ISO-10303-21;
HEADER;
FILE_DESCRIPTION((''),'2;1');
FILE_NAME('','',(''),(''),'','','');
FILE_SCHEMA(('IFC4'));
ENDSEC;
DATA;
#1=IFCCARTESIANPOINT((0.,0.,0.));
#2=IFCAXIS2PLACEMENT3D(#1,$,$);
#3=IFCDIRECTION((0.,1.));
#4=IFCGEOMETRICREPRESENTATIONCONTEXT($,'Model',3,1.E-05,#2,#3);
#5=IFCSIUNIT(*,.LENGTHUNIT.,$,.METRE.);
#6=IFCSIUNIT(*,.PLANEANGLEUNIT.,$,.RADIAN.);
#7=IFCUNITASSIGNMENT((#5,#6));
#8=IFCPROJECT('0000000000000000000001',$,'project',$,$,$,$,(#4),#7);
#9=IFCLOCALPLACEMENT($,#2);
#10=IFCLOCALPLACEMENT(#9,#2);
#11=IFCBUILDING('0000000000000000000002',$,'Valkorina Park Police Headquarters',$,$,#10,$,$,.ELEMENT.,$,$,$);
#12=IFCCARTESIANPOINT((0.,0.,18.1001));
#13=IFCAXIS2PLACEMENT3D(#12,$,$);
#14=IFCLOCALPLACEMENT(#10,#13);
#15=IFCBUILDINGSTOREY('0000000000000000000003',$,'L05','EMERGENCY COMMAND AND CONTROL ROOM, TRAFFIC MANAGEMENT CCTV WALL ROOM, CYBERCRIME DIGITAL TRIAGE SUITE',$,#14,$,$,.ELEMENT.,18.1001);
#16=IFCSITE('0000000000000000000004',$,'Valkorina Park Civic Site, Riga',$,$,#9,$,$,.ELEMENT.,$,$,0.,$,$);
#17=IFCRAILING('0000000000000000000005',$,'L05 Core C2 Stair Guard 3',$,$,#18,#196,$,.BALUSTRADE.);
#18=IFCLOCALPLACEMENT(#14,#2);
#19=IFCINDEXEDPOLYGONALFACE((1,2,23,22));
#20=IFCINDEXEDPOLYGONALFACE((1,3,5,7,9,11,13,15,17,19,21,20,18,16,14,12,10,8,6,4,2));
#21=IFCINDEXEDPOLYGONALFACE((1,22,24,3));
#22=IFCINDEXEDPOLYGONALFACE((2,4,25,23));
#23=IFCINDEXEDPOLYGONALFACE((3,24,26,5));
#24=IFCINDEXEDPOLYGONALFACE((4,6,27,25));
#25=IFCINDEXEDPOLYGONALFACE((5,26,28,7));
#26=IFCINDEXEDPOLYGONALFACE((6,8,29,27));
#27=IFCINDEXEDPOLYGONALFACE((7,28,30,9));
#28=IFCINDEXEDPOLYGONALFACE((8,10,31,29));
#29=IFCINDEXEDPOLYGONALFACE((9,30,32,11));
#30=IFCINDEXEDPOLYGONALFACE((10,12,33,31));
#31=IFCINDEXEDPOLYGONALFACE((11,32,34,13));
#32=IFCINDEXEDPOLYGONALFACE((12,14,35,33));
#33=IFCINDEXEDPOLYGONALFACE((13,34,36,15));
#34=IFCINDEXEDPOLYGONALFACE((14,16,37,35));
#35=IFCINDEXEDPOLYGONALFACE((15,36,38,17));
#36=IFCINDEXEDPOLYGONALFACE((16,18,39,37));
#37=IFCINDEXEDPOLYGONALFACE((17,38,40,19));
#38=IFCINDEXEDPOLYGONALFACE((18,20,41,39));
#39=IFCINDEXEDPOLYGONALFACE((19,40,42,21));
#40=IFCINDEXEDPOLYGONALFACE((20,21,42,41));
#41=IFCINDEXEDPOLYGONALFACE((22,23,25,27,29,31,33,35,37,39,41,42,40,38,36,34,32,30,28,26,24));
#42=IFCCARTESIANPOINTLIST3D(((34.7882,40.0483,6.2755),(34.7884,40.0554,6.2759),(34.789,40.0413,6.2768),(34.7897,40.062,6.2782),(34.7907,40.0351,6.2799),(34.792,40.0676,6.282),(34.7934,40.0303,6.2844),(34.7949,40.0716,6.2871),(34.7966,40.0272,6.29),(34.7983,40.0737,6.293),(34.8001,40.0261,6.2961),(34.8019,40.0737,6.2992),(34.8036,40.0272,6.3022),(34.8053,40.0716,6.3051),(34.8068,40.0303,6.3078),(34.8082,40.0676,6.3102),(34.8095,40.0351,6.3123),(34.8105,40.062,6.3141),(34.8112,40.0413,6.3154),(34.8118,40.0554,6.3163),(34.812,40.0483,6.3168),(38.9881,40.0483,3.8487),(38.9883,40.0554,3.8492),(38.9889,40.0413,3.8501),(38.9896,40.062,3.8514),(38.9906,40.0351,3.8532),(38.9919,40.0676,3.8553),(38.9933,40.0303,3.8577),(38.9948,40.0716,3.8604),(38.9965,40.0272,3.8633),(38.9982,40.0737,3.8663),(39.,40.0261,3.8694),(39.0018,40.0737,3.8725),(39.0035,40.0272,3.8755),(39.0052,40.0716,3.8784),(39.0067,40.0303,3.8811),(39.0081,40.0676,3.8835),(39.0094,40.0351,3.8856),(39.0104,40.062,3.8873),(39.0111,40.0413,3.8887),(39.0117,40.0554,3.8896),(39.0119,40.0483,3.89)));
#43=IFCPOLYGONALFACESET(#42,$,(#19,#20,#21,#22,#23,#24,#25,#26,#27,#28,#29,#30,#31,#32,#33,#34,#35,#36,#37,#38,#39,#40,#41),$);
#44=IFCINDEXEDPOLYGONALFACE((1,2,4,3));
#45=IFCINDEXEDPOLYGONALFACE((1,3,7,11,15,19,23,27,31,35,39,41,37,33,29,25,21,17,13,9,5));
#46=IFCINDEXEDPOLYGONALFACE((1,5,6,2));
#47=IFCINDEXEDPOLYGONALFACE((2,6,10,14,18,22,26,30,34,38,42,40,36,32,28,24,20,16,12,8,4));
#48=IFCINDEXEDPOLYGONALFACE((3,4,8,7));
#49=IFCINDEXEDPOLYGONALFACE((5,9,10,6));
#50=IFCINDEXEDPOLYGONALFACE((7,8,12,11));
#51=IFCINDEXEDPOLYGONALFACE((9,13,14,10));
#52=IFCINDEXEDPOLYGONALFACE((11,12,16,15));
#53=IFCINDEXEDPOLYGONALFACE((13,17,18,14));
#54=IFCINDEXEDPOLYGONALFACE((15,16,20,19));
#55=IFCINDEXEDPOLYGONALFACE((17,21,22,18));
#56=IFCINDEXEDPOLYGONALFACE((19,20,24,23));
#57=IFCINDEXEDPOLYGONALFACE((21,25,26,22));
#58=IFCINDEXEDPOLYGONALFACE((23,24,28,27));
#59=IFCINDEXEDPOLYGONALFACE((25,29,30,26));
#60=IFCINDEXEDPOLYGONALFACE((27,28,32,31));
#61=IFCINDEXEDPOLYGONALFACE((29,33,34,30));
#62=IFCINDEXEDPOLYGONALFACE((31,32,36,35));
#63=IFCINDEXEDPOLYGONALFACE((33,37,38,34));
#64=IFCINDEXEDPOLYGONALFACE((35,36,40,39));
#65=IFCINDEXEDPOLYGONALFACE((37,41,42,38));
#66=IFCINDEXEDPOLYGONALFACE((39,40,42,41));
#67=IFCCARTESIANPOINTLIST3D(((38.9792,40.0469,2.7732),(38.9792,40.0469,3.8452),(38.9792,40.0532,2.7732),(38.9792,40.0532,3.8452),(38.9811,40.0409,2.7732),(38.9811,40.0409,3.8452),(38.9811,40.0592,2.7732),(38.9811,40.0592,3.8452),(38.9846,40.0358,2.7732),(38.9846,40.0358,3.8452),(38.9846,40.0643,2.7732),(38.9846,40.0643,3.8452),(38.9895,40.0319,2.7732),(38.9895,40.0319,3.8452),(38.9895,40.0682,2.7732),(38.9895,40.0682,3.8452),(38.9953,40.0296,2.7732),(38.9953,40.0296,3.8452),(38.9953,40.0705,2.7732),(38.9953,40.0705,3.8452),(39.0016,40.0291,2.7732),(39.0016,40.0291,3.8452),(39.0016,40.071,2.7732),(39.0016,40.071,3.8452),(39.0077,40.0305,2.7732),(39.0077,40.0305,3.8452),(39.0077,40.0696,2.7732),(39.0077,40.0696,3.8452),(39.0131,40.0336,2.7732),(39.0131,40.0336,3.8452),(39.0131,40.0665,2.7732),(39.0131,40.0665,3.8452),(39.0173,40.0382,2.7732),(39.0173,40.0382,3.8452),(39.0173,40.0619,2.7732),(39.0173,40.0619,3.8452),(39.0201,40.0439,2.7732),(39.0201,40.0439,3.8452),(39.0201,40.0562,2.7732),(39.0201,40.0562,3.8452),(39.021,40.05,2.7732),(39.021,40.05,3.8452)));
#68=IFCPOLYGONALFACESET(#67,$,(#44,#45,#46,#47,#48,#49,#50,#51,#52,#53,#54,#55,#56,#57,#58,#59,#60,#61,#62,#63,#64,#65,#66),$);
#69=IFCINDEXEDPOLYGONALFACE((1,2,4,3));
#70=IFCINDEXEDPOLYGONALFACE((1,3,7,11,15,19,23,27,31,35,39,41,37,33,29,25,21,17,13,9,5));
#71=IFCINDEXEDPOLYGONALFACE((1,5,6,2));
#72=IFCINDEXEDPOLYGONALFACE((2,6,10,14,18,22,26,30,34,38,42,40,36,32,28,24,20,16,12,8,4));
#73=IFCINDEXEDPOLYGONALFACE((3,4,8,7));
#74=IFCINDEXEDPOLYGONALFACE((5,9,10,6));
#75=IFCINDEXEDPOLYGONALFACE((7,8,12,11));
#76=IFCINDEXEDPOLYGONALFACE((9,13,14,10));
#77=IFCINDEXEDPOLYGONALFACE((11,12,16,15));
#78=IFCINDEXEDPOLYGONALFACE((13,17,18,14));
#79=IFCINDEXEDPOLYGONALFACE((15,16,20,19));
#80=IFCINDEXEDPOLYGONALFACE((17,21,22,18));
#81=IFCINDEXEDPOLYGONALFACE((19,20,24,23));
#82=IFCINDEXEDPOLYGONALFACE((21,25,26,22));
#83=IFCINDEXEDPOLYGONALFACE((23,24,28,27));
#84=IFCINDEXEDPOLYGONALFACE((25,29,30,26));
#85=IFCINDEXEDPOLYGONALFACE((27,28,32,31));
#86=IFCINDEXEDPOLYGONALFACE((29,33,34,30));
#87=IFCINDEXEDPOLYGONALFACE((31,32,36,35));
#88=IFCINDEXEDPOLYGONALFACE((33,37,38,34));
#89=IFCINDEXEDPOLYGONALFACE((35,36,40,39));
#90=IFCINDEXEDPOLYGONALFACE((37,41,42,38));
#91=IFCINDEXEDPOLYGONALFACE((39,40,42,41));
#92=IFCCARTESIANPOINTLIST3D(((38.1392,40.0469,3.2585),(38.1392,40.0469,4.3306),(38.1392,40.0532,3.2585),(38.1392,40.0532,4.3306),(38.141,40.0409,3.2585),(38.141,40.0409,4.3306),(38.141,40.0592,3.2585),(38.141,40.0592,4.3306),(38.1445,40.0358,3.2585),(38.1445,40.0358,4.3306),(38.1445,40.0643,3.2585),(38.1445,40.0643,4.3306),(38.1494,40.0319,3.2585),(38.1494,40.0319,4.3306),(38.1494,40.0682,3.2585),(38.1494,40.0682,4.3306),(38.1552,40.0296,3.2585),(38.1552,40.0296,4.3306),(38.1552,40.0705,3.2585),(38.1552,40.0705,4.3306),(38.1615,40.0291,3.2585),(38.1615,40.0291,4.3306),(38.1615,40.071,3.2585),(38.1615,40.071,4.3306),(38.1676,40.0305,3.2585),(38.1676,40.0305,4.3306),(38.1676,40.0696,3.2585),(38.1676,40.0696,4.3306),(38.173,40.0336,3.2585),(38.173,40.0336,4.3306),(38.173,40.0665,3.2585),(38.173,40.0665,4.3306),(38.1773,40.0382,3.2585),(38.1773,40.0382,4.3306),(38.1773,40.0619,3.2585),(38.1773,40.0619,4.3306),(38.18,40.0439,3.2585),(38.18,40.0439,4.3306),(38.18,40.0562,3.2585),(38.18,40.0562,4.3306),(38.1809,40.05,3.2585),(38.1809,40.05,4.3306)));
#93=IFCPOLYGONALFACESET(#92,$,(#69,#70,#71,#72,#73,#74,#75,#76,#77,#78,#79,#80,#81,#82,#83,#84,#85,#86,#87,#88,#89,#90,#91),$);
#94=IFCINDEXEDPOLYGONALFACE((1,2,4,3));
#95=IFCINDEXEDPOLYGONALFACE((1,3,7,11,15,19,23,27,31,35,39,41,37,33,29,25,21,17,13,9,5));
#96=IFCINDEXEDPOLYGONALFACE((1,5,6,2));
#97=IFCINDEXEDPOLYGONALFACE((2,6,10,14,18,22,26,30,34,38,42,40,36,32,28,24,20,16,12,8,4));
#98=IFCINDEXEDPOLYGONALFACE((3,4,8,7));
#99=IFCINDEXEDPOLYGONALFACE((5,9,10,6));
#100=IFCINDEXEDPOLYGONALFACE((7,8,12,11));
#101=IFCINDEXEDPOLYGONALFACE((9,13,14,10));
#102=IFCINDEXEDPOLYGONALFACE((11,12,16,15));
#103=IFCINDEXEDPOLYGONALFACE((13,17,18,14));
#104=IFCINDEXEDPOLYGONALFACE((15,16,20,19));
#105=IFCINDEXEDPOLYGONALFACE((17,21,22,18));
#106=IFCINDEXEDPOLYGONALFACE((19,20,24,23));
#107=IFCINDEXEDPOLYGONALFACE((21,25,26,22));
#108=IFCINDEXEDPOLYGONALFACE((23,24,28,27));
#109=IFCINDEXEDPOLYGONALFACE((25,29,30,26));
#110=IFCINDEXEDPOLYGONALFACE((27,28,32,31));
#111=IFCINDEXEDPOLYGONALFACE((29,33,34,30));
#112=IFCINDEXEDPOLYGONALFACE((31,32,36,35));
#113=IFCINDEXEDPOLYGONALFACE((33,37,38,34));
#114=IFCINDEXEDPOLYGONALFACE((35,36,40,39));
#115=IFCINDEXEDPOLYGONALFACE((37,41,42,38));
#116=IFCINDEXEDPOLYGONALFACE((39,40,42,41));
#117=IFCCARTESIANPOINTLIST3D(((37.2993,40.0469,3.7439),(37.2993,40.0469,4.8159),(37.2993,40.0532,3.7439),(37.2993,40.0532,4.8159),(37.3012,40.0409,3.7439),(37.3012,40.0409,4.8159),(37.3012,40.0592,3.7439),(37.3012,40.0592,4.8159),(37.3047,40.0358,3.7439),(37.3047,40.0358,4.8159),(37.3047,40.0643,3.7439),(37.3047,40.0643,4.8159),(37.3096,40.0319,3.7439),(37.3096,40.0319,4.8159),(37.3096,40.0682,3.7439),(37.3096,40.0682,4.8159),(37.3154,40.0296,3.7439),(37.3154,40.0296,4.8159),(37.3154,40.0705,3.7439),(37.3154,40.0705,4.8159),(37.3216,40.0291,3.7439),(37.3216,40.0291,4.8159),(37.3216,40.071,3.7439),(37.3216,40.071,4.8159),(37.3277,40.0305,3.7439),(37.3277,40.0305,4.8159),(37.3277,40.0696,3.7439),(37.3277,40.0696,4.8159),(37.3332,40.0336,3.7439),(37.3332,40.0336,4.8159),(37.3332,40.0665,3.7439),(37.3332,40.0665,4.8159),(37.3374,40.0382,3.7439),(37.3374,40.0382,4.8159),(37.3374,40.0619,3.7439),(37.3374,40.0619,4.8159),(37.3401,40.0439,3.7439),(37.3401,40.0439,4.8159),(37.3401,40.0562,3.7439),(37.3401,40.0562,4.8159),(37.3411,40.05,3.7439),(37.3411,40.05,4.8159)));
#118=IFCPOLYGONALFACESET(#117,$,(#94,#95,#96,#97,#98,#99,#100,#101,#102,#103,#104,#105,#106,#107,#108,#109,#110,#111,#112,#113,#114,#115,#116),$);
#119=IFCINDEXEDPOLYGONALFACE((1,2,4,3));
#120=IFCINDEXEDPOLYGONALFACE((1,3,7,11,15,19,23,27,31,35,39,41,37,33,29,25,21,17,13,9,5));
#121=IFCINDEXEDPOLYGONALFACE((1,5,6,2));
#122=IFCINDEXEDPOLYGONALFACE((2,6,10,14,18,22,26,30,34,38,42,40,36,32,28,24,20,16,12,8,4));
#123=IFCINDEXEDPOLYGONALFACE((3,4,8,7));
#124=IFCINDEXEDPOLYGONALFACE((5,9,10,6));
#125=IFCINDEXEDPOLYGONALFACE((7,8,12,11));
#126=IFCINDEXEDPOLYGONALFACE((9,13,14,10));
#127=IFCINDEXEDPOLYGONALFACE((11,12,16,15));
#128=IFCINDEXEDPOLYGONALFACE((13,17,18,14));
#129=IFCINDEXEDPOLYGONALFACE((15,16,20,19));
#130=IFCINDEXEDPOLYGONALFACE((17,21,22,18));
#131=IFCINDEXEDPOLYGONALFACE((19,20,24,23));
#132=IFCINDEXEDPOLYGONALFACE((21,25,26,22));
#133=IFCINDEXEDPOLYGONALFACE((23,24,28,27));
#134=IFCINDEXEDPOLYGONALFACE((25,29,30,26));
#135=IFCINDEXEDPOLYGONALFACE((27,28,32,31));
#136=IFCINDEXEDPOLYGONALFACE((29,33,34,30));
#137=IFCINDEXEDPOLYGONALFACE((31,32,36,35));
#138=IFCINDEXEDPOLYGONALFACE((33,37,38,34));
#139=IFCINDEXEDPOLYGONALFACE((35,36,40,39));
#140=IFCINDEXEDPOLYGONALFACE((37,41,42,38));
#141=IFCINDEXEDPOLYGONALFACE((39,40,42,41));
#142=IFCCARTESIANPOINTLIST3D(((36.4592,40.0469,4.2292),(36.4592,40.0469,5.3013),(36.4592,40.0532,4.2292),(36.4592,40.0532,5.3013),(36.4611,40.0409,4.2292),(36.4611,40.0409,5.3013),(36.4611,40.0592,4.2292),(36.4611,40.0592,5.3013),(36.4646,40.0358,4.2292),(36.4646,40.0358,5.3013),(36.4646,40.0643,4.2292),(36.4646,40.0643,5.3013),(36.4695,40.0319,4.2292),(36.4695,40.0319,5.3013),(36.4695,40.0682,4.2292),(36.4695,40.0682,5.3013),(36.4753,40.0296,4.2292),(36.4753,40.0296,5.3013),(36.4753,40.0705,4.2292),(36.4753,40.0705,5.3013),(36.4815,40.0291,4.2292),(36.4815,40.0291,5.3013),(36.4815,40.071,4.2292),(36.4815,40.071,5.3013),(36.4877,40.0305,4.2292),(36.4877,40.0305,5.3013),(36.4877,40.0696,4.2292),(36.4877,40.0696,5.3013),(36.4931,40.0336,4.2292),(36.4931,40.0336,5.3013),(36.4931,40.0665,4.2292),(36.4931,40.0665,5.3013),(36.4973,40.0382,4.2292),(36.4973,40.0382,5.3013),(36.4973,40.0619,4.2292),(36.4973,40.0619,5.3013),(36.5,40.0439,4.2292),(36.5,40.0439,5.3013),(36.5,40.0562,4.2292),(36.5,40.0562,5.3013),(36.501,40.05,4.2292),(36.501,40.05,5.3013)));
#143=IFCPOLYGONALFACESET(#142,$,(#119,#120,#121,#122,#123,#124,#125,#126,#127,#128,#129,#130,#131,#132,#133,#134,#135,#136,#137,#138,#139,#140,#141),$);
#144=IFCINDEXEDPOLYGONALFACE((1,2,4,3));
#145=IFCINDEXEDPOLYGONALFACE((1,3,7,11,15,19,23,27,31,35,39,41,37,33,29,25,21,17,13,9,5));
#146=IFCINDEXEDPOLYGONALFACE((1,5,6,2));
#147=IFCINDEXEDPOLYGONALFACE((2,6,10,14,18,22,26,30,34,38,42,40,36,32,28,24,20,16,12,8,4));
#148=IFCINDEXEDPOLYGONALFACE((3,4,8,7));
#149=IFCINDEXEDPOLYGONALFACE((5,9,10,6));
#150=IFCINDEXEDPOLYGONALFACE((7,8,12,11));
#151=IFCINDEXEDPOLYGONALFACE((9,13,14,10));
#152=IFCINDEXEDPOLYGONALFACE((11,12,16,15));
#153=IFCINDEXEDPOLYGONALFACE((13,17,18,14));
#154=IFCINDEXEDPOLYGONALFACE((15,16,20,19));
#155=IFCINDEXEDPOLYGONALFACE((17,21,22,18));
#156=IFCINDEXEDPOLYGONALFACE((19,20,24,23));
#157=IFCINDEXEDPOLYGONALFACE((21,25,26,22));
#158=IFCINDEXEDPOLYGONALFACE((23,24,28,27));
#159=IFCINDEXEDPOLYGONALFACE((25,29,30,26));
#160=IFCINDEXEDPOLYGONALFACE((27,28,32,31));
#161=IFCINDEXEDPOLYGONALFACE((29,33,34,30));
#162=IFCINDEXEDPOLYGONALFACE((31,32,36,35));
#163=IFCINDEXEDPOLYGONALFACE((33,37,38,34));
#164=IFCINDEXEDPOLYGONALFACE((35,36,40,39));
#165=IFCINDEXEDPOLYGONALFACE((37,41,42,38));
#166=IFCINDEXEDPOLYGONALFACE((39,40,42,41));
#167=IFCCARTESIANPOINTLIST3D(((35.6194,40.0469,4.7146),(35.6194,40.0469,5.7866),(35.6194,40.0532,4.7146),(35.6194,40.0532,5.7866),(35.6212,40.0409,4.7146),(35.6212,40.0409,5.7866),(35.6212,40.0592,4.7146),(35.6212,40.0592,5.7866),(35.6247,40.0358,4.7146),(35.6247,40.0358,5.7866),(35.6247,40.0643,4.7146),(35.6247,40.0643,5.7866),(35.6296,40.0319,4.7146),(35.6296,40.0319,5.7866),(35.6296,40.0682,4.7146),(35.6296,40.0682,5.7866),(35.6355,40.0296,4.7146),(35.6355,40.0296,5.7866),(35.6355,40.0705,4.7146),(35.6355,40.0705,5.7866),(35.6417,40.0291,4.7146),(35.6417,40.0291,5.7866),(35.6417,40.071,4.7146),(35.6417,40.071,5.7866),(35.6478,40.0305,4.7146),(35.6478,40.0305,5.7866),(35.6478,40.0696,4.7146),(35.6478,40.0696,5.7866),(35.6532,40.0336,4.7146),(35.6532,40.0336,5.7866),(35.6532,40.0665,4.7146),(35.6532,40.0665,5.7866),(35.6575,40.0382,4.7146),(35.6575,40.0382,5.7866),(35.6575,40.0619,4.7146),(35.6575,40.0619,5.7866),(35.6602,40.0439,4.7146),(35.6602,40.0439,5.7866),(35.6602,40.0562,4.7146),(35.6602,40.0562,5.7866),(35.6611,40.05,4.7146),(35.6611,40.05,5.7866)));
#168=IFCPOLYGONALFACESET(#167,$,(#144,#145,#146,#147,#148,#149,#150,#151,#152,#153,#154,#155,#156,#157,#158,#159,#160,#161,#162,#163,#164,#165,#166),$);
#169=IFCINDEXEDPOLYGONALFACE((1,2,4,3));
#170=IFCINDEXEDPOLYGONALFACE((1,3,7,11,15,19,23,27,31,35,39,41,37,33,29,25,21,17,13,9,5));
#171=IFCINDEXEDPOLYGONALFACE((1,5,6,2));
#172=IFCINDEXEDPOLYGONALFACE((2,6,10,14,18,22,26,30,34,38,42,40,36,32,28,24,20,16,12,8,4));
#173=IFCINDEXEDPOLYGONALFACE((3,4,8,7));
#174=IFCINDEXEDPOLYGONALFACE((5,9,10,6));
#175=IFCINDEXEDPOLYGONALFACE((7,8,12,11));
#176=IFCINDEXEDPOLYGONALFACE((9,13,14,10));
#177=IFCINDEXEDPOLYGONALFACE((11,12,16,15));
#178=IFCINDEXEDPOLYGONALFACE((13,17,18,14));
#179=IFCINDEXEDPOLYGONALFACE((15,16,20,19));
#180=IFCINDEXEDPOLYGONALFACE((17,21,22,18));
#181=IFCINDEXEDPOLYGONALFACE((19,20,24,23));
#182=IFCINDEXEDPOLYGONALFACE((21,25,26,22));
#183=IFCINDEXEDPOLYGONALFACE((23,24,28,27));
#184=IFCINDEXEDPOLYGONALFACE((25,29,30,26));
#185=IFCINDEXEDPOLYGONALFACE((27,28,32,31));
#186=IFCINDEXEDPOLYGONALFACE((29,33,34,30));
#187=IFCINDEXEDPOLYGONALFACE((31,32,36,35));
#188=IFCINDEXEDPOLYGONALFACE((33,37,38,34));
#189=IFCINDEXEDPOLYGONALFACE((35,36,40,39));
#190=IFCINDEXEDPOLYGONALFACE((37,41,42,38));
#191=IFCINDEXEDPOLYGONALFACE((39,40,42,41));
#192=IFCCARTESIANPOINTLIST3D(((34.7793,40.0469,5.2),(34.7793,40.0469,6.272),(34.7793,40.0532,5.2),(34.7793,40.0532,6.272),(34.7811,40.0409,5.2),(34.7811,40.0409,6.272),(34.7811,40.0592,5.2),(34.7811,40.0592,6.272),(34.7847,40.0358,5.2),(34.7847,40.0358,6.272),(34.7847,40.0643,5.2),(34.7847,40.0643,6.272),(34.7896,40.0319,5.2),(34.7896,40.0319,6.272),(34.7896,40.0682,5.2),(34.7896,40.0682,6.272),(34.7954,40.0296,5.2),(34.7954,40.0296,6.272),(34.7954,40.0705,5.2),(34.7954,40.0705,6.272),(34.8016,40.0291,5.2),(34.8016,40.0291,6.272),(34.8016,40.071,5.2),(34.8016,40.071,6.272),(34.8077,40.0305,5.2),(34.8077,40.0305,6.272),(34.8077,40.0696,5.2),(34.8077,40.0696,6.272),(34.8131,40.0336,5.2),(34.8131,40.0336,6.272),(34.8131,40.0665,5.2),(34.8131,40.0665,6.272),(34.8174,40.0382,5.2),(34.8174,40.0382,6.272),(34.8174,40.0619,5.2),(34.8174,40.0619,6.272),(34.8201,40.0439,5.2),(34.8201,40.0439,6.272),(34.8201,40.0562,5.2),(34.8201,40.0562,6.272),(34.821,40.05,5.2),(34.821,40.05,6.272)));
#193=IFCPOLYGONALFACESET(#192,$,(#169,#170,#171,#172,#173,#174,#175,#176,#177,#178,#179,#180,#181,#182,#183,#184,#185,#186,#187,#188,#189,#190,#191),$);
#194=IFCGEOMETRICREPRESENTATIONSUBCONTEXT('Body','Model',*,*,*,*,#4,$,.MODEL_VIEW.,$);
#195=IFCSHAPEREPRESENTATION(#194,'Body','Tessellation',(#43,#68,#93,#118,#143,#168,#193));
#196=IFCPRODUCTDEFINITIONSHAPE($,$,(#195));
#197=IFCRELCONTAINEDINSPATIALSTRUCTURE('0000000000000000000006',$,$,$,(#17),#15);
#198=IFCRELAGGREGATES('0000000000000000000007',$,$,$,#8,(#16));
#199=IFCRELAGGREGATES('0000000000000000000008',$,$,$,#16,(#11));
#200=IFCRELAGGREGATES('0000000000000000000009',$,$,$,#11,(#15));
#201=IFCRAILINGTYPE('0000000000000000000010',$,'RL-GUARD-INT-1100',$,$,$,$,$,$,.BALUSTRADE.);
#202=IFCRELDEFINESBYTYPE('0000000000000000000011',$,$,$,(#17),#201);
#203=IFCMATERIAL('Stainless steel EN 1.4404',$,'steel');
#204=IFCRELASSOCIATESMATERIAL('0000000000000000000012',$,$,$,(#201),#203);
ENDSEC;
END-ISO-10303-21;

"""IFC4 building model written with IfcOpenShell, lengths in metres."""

from ifc_helpers import new_model, si_unit, direction, frame, origin, origin_2d, place, context, subcontext, project, spatial, circle, extrude, material, type_object, element, save


model = new_model("IFC4")

# Units and contexts
model_context = context("Model", 3, precision=1e-05, world=origin(), true_north=direction((0.0, 1.0)))
body_context = subcontext(model_context, "Body", "Model", "MODEL_VIEW")
ifc_project = project(units=[si_unit("LENGTHUNIT", "METRE"), si_unit("PLANEANGLEUNIT", "RADIAN")], contexts=[model_context])

# Site, building, storey
site_placement = place(None, origin())
site = spatial("IfcSite", under=ifc_project, at=site_placement, Name="Valkorina Park Civic Site, Riga", CompositionType="ELEMENT", RefElevation=0.0)
building_placement = place(site_placement, origin())
building = spatial("IfcBuilding", under=site, at=building_placement, Name="Valkorina Park Police Headquarters", CompositionType="ELEMENT")
storey_placement = place(building_placement, frame((0.0, 0.0, 18.1001)))
storey = spatial("IfcBuildingStorey", under=building, at=storey_placement, Name="L05", Description="EMERGENCY COMMAND AND CONTROL ROOM, TRAFFIC MANAGEMENT CCTV WALL ROOM, CYBERCRIME DIGITAL TRIAGE SUITE", CompositionType="ELEMENT", Elevation=18.1001)

# Railing
ifc_material_1 = material(Name="Stainless steel EN 1.4404", Category="steel")
railing_type_1 = type_object("IfcRailingType", Name="RL-GUARD-INT-1100", PredefinedType="BALUSTRADE", material=ifc_material_1)
railing_1_placement = place(storey_placement, frame((39.0, 40.05, 2.7732)))
element("IfcRailing", 1, at=railing_1_placement, inside=storey, type_object=railing_type_1, Name="L05 Core C2 Stair Guard 3", PredefinedType="BALUSTRADE", context=body_context, shape_type="SweptSolid", body=[
    extrude(circle(Radius=0.0239, at=origin_2d()), frame((0.0, 0.0, 1.0962), z_axis=(-0.865854, 0.0, 0.500296), x_axis=(0.0, -1.0, 0.0)), (0.0, 0.0, 1.0), 4.8506),
    extrude(circle(Radius=0.021, at=origin_2d()), origin(), (0.0, 0.0, 1.0), 1.072),
    extrude(circle(Radius=0.021, at=origin_2d()), frame((-0.8401, 0.0, 0.4854)), (0.0, 0.0, 1.0), 1.072),
    extrude(circle(Radius=0.021, at=origin_2d()), frame((-1.6799, 0.0, 0.9707)), (0.0, 0.0, 1.0), 1.072),
    extrude(circle(Radius=0.021, at=origin_2d()), frame((-2.52, 0.0, 1.4561)), (0.0, 0.0, 1.0), 1.072),
    extrude(circle(Radius=0.021, at=origin_2d()), frame((-3.3599, 0.0, 1.9414)), (0.0, 0.0, 1.0), 1.072),
    extrude(circle(Radius=0.021, at=origin_2d()), frame((-4.2, 0.0, 2.4268)), (0.0, 0.0, 1.0), 1.072),
])

save(model, "model.ifc")
